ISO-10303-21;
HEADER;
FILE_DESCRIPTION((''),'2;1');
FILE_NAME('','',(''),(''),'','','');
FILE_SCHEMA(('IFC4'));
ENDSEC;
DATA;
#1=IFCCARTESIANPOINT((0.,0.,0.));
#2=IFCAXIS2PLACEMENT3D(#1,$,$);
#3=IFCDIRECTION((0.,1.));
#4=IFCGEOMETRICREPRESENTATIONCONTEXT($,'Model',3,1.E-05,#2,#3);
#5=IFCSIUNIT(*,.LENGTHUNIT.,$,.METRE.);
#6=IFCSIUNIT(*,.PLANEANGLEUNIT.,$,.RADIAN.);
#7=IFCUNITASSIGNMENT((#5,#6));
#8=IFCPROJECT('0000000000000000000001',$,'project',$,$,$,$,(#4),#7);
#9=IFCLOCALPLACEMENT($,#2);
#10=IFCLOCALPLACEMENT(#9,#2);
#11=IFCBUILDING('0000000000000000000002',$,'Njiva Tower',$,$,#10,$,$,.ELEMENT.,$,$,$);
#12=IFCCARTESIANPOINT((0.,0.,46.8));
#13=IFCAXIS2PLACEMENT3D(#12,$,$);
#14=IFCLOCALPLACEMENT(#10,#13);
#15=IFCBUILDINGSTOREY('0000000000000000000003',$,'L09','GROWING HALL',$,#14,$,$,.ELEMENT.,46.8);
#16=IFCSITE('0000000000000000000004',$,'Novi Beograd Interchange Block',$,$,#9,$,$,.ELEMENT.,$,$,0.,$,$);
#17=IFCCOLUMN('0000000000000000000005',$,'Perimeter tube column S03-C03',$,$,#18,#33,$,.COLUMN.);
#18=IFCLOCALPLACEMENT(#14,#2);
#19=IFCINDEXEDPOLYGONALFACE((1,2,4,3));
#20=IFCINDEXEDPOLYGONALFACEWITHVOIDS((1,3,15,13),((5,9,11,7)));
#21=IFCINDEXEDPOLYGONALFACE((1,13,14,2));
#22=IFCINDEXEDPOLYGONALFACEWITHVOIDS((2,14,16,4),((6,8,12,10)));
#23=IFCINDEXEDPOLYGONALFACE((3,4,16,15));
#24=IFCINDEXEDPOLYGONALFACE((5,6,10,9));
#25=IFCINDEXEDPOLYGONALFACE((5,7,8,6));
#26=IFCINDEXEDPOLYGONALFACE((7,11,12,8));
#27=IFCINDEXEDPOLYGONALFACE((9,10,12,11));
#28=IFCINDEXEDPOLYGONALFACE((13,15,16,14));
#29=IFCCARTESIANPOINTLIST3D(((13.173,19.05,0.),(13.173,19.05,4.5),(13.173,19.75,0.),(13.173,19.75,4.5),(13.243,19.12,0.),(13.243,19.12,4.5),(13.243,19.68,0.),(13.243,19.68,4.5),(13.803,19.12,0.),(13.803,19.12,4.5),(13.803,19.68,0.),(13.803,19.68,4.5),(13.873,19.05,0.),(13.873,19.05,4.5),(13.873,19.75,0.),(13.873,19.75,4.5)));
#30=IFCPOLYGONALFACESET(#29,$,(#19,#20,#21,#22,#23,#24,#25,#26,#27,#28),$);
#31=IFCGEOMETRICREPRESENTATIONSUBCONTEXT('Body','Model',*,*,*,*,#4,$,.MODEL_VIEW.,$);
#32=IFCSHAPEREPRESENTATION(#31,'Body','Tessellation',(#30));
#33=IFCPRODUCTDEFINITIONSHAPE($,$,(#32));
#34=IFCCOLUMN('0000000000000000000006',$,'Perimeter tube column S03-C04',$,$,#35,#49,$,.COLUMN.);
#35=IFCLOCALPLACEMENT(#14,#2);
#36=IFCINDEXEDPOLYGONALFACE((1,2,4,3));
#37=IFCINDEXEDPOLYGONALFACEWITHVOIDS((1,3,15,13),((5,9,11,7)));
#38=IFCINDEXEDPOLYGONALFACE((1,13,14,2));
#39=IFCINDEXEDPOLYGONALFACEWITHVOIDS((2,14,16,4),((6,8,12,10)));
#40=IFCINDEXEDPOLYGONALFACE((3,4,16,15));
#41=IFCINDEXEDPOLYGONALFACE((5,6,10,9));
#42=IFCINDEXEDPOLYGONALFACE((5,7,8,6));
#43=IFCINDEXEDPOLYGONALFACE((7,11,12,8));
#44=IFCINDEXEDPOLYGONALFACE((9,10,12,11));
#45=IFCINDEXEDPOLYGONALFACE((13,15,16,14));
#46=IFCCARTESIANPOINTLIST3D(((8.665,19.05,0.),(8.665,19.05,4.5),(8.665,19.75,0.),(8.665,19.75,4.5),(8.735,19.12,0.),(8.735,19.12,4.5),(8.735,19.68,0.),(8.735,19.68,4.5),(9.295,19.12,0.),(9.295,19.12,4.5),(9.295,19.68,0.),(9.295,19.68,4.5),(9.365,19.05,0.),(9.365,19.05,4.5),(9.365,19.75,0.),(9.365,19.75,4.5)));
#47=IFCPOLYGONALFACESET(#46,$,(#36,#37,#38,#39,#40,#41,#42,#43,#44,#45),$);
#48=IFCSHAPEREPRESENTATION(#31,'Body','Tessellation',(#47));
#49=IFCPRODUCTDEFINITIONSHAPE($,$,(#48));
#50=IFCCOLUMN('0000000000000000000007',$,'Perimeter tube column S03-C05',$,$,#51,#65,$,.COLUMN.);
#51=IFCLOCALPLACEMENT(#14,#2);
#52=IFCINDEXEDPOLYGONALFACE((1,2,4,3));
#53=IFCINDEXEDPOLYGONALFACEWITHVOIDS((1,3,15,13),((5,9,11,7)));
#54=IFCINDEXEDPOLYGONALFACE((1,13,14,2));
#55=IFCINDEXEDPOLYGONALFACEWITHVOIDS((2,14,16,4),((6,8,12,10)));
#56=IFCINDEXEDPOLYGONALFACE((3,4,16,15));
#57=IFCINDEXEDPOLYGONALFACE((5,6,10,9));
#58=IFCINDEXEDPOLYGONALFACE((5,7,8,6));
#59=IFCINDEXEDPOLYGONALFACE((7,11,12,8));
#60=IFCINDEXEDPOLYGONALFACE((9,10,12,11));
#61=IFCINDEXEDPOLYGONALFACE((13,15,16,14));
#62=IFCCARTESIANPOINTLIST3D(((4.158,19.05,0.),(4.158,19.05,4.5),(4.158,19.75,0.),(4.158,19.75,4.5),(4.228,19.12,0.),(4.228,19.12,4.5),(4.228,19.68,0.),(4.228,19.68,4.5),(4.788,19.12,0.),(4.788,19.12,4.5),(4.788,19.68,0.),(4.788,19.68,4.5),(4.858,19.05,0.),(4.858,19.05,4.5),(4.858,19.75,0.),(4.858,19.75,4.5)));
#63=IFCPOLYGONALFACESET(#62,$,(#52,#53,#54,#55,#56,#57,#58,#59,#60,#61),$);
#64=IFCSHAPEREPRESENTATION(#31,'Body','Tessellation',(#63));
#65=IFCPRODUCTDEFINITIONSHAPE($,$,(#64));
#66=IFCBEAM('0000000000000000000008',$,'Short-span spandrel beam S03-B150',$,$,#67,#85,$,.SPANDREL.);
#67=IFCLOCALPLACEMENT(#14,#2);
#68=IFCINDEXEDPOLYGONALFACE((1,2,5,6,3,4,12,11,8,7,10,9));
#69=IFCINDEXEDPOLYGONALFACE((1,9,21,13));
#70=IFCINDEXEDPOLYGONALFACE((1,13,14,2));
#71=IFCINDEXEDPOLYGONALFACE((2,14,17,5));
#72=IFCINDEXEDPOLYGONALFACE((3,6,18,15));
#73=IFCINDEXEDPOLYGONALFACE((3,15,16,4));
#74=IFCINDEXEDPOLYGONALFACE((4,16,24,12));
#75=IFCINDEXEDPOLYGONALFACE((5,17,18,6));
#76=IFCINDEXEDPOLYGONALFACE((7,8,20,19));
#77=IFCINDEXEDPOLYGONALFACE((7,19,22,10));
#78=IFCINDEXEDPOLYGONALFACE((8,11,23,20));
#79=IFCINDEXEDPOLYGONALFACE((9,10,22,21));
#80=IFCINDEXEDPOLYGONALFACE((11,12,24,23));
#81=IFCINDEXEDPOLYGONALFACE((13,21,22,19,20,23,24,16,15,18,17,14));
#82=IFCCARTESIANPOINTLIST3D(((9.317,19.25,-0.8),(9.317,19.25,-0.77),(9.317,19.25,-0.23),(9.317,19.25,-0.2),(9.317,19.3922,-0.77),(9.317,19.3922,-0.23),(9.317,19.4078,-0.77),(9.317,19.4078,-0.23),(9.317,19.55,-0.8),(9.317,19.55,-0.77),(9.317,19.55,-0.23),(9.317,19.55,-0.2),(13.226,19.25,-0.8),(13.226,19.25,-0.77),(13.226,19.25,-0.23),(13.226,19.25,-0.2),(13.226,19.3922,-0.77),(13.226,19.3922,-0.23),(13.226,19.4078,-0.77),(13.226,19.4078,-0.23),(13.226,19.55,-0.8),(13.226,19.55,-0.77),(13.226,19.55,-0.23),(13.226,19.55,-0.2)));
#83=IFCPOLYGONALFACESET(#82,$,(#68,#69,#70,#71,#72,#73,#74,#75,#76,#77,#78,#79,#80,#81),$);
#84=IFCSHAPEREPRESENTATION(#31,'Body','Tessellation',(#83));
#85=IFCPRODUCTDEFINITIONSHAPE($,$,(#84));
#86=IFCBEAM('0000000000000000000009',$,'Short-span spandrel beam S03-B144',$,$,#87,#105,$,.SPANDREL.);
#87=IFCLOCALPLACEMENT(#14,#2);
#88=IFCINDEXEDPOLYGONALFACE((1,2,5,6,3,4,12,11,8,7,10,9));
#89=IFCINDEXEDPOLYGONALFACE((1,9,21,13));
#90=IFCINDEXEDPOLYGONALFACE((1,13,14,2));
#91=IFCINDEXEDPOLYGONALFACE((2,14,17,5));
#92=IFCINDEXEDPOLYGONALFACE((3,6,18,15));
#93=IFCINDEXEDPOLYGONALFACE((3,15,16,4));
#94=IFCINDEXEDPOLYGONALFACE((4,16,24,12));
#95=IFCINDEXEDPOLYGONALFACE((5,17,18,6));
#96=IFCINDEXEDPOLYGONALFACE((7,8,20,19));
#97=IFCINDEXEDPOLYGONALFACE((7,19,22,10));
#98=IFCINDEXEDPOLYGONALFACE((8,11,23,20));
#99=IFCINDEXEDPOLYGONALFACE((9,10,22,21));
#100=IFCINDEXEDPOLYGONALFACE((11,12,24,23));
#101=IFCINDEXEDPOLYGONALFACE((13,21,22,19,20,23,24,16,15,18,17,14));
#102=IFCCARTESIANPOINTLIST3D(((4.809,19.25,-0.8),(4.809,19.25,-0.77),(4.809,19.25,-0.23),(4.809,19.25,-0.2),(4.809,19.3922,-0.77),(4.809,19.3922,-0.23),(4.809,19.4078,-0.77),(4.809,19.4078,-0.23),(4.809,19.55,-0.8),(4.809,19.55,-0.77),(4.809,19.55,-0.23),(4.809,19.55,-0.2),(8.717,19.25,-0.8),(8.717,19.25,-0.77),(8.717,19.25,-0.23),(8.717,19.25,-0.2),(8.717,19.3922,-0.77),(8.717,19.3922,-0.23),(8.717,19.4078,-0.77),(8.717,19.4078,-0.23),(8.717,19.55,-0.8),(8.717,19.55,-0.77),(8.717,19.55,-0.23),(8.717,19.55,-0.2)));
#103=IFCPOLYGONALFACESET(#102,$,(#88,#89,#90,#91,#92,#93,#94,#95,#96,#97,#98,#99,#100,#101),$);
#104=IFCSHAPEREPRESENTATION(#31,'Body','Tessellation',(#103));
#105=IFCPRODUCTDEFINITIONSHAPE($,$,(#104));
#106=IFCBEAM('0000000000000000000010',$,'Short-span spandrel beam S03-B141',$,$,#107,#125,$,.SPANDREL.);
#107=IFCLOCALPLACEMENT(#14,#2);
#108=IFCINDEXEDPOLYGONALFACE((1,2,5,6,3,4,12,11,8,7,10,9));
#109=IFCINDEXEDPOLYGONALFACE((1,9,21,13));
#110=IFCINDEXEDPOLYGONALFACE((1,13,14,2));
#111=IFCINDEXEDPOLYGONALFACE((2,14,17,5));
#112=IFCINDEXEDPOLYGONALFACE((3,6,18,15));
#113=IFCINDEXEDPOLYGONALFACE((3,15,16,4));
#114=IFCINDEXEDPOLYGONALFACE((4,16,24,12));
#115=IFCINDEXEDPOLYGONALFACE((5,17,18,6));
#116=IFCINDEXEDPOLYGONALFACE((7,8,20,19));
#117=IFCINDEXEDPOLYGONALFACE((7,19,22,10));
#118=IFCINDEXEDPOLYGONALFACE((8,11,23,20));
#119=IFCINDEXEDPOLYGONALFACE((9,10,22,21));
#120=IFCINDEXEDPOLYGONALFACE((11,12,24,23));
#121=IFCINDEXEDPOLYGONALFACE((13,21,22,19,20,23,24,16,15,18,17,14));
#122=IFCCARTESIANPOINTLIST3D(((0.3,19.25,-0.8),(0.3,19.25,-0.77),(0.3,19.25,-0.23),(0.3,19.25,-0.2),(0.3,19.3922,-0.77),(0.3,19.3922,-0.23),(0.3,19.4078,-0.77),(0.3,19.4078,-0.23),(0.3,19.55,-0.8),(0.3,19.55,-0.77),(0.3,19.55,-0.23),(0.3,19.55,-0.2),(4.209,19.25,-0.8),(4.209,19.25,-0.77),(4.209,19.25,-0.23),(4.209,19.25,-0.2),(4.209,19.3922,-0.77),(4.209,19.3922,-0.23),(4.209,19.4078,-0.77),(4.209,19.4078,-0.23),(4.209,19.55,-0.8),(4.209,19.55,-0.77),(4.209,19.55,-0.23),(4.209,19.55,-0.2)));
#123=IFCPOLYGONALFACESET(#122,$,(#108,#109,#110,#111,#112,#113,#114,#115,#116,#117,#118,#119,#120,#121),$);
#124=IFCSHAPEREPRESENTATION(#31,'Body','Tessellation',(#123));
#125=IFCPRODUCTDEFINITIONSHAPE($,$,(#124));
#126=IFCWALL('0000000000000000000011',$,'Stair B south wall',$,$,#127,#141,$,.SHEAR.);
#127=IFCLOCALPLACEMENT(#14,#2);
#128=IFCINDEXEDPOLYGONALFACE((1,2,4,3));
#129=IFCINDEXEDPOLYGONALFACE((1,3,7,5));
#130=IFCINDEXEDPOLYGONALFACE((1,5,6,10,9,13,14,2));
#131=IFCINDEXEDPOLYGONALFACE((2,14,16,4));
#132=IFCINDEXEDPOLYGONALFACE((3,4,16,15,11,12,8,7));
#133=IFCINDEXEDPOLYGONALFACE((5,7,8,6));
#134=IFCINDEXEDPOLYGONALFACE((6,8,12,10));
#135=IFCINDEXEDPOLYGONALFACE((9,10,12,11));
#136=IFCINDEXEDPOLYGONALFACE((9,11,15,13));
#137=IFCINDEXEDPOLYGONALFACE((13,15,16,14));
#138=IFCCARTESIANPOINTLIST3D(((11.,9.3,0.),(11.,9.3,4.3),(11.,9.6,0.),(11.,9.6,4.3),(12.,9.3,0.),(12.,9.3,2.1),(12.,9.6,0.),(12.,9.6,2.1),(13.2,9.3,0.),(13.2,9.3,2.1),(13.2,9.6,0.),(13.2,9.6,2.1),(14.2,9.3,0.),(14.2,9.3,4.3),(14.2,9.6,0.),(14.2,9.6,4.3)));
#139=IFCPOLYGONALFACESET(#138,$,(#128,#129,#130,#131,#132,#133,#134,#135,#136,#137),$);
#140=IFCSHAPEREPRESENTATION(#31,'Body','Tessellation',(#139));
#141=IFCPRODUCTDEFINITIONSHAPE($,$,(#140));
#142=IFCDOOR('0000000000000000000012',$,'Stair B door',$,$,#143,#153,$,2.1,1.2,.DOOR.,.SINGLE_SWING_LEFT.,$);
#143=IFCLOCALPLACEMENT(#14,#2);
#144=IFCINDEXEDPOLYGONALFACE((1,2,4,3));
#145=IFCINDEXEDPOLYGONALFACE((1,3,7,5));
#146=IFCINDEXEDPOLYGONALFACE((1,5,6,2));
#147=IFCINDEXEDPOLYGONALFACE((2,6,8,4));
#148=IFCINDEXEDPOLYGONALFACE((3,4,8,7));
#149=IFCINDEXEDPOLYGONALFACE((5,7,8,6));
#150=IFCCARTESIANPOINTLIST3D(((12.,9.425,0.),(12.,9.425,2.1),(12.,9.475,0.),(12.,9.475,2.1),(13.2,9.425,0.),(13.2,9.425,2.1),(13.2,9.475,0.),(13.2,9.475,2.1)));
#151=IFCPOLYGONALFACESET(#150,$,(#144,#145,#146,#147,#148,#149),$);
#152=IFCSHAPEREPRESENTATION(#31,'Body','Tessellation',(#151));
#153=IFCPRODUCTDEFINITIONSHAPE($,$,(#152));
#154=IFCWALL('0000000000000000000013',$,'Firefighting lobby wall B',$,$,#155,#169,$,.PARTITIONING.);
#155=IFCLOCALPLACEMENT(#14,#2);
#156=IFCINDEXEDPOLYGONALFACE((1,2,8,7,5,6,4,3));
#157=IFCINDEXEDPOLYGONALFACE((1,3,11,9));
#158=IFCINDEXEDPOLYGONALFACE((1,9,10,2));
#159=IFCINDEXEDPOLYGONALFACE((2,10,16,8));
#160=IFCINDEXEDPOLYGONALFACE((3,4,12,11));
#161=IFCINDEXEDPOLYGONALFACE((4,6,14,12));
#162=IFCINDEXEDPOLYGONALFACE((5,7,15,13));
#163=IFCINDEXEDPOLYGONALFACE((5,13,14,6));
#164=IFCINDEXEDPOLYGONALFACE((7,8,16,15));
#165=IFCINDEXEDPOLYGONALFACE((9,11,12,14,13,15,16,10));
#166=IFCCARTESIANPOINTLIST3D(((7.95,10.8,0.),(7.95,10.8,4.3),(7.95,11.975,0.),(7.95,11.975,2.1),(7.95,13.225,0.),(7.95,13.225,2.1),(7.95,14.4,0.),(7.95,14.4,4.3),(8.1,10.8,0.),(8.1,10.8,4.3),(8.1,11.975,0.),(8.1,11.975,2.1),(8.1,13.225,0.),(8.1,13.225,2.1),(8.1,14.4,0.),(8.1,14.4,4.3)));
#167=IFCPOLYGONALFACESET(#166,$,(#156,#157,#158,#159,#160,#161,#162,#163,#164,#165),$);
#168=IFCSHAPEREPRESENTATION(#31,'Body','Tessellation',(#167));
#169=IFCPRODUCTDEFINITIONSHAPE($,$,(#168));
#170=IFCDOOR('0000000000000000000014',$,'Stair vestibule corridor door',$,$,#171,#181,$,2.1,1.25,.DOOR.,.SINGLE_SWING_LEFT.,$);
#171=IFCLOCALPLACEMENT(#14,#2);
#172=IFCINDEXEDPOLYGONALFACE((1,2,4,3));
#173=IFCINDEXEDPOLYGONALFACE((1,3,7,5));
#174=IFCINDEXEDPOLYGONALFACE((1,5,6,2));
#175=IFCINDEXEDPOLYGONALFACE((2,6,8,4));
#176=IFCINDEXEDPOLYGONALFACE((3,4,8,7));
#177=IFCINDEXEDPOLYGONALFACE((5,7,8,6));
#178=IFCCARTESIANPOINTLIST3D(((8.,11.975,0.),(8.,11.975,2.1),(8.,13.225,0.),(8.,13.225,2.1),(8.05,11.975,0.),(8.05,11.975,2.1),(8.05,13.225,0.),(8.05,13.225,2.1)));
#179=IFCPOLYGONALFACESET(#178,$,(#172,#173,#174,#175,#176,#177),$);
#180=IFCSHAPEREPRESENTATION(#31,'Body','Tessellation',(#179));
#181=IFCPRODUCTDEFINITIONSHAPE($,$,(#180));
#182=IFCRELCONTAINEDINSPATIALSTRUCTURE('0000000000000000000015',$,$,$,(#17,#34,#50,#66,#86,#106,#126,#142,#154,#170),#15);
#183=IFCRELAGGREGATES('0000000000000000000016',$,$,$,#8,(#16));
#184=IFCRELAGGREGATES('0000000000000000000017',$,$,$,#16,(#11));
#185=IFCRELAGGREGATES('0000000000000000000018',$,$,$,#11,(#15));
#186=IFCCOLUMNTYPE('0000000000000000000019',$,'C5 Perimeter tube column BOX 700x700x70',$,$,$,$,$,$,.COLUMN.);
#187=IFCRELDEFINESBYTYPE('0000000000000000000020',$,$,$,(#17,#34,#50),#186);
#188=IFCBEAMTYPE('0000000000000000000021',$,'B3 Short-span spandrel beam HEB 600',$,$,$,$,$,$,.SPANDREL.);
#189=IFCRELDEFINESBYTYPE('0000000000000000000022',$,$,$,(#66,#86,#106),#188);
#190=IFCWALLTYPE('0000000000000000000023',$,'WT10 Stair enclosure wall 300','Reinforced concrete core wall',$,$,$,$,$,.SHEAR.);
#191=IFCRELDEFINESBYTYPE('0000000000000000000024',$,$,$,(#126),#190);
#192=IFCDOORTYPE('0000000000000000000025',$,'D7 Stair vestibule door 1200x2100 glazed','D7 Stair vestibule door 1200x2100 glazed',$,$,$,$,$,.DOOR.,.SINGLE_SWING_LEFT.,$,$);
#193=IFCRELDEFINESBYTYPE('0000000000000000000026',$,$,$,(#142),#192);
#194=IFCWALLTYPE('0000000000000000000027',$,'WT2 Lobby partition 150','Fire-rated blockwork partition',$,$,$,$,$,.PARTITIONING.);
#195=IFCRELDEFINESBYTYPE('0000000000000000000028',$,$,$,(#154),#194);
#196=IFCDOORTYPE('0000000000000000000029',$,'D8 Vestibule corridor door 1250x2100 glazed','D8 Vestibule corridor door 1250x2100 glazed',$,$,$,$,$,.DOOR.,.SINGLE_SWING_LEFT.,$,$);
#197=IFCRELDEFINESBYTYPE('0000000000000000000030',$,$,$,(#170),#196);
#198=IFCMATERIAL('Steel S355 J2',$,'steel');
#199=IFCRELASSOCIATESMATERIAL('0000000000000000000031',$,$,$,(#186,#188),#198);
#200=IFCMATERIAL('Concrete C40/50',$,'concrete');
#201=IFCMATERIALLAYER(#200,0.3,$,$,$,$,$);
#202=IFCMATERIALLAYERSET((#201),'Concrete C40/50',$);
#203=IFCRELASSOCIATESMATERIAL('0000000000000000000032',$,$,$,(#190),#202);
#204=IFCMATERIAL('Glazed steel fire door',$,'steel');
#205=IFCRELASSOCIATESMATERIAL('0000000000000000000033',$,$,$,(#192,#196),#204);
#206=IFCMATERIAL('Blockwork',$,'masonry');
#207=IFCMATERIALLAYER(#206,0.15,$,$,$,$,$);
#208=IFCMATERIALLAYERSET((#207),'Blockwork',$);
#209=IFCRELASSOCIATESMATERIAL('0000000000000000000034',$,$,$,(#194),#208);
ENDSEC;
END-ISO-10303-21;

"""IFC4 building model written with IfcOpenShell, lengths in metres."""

from ifc_helpers import new_model, si_unit, direction, frame, frame_2d, origin, origin_2d, place, context, subcontext, project, spatial, rectangle, hollow_rectangle, i_section, extrude, material, layer, layer_set, material_profile, profile_set, type_object, element, fill, save


model = new_model("IFC4")

# Units and contexts
model_context = context("Model", 3, precision=1e-05, world=origin(), true_north=direction((0.0, 1.0)))
body_context = subcontext(model_context, "Body", "Model", "MODEL_VIEW")
ifc_project = project(units=[si_unit("LENGTHUNIT", "METRE"), si_unit("PLANEANGLEUNIT", "RADIAN")], contexts=[model_context])

# Site, building, storey
site_placement = place(None, origin())
site = spatial("IfcSite", under=ifc_project, at=site_placement, Name="Novi Beograd Interchange Block", CompositionType="ELEMENT", RefElevation=0.0)
building_placement = place(site_placement, origin())
building = spatial("IfcBuilding", under=site, at=building_placement, Name="Njiva Tower", CompositionType="ELEMENT")
storey_placement = place(building_placement, frame((0.0, 0.0, 46.8)))
storey = spatial("IfcBuildingStorey", under=building, at=storey_placement, Name="L09", Description="GROWING HALL", CompositionType="ELEMENT", Elevation=46.8)

# Columns
ifc_material_1 = material(Name="Steel S355 J2", Category="steel")
ifc_material_profile_1 = material_profile(ifc_material_1, hollow_rectangle(XDim=0.7, YDim=0.7, WallThickness=0.07, at=origin_2d()), Name="BOX 700x700x70")
ifc_profile_set_1 = profile_set([ifc_material_profile_1], Name="Steel S355 J2")
column_type = type_object("IfcColumnType", Name="C5 Perimeter tube column BOX 700x700x70", PredefinedType="COLUMN", material=ifc_profile_set_1)
for number, where, z_axis, x_axis, name in (
    (1, (13.523, 19.4, 0.0), (0.0, 0.0, 1.0), (-1.0, 0.0, 0.0), "Perimeter tube column S03-C03"),
    (2, (9.015, 19.4, 0.0), (0.0, 0.0, 1.0), (-1.0, 0.0, 0.0), "Perimeter tube column S03-C04"),
    (3, (4.508, 19.4, 0.0), (0.0, 0.0, 1.0), (-1.0, 0.0, 0.0), "Perimeter tube column S03-C05"),
):
    element("IfcColumn", number, at=place(storey_placement, frame(where, z_axis=z_axis, x_axis=x_axis)), inside=storey, type_object=column_type, Name=name, PredefinedType="COLUMN", context=body_context, shape_type="SweptSolid", body=[
        extrude(hollow_rectangle(XDim=0.7, YDim=0.7, WallThickness=0.07, at=origin_2d()), origin(), (0.0, 0.0, 1.0), 4.5),
    ])

# Beams
ifc_material_profile_2 = material_profile(ifc_material_1, i_section(OverallWidth=0.3, OverallDepth=0.6, WebThickness=0.0155, FlangeThickness=0.03, at=origin_2d()), Name="HEB 600")
ifc_profile_set_2 = profile_set([ifc_material_profile_2], Name="Steel S355 J2")
beam_type = type_object("IfcBeamType", Name="B3 Short-span spandrel beam HEB 600", PredefinedType="SPANDREL", material=ifc_profile_set_2)
beam_1_placement = place(storey_placement, frame((13.226, 19.4, -0.5), z_axis=(-1.0, 0.0, 0.0), x_axis=(0.0, -1.0, 0.0)))
element("IfcBeam", 4, at=beam_1_placement, inside=storey, type_object=beam_type, Name="Short-span spandrel beam S03-B150", PredefinedType="SPANDREL", context=body_context, shape_type="SweptSolid", body=[
    extrude(i_section(OverallWidth=0.3, OverallDepth=0.6, WebThickness=0.0155, FlangeThickness=0.03, at=origin_2d()), origin(), (0.0, 0.0, 1.0), 3.909),
])
beam_2_placement = place(storey_placement, frame((8.717, 19.4, -0.5), z_axis=(-1.0, 0.0, 0.0), x_axis=(0.0, -1.0, 0.0)))
element("IfcBeam", 5, at=beam_2_placement, inside=storey, type_object=beam_type, Name="Short-span spandrel beam S03-B144", PredefinedType="SPANDREL", context=body_context, shape_type="SweptSolid", body=[
    extrude(i_section(OverallWidth=0.3, OverallDepth=0.6, WebThickness=0.0155, FlangeThickness=0.03, at=origin_2d()), origin(), (0.0, 0.0, 1.0), 3.908),
])
beam_3_placement = place(storey_placement, frame((4.209, 19.4, -0.5), z_axis=(-1.0, 0.0, 0.0), x_axis=(0.0, -1.0, 0.0)))
element("IfcBeam", 6, at=beam_3_placement, inside=storey, type_object=beam_type, Name="Short-span spandrel beam S03-B141", PredefinedType="SPANDREL", context=body_context, shape_type="SweptSolid", body=[
    extrude(i_section(OverallWidth=0.3, OverallDepth=0.6, WebThickness=0.0155, FlangeThickness=0.03, at=origin_2d()), origin(), (0.0, 0.0, 1.0), 3.909),
])

# Walls, openings, doors
ifc_material_2 = material(Name="Concrete C40/50", Category="concrete")
ifc_layer_1 = layer(ifc_material_2, 0.3)
ifc_layer_set_1 = layer_set([ifc_layer_1], Name="Concrete C40/50")
wall_type_1 = type_object("IfcWallType", Name="WT10 Stair enclosure wall 300", Description="Reinforced concrete core wall", PredefinedType="SHEAR", material=ifc_layer_set_1)
wall_1_placement = place(storey_placement, frame((11.0, 9.45, 0.0), z_axis=(0.0, 0.0, 1.0), x_axis=(1.0, 0.0, 0.0)))
wall_1 = element("IfcWall", 7, at=wall_1_placement, inside=storey, type_object=wall_type_1, Name="Stair B south wall", PredefinedType="SHEAR", context=body_context, shape_type="SweptSolid", body=[
    extrude(rectangle(XDim=3.2, YDim=0.3, at=frame_2d((1.6, 0.0))), origin(), (0.0, 0.0, 1.0), 4.3),
])
opening_1_placement = place(wall_1_placement, frame((1.0, 0.0, 0.0)))
opening_1 = element("IfcOpeningElement", 8, at=opening_1_placement, cuts=wall_1, PredefinedType="OPENING", context=body_context, shape_type="SweptSolid", body=[
    extrude(rectangle(XDim=1.2, YDim=2.1, at=frame_2d((0.6, 1.05))), frame((0.0, 0.16, 0.0), z_axis=(0.0, -1.0, 0.0), x_axis=(1.0, 0.0, 0.0)), (0.0, 0.0, 1.0), 0.32),
])
ifc_material_3 = material(Name="Glazed steel fire door", Category="steel")
door_type_1 = type_object("IfcDoorType", Name="D7 Stair vestibule door 1200x2100 glazed", Description="D7 Stair vestibule door 1200x2100 glazed", OperationType="SINGLE_SWING_LEFT", PredefinedType="DOOR", material=ifc_material_3)
door_1_placement = place(opening_1_placement, origin())
door_1 = element("IfcDoor", 9, at=door_1_placement, inside=storey, type_object=door_type_1, Name="Stair B door", OperationType="SINGLE_SWING_LEFT", OverallHeight=2.1, OverallWidth=1.2, PredefinedType="DOOR", context=body_context, shape_type="SweptSolid", body=[
    extrude(rectangle(XDim=1.2, YDim=2.1, at=frame_2d((0.6, 1.05))), frame((0.0, 0.025, 0.0), z_axis=(0.0, -1.0, 0.0), x_axis=(1.0, 0.0, 0.0)), (0.0, 0.0, 1.0), 0.05),
])
fill(opening_1, door_1)
ifc_material_4 = material(Name="Blockwork", Category="masonry")
ifc_layer_2 = layer(ifc_material_4, 0.15)
ifc_layer_set_2 = layer_set([ifc_layer_2], Name="Blockwork")
wall_type_2 = type_object("IfcWallType", Name="WT2 Lobby partition 150", Description="Fire-rated blockwork partition", PredefinedType="PARTITIONING", material=ifc_layer_set_2)
wall_2_placement = place(storey_placement, frame((8.025, 10.8, 0.0), z_axis=(0.0, 0.0, 1.0), x_axis=(0.0, 1.0, 0.0)))
wall_2 = element("IfcWall", 10, at=wall_2_placement, inside=storey, type_object=wall_type_2, Name="Firefighting lobby wall B", PredefinedType="PARTITIONING", context=body_context, shape_type="SweptSolid", body=[
    extrude(rectangle(XDim=3.6, YDim=0.15, at=frame_2d((1.8, 0.0))), origin(), (0.0, 0.0, 1.0), 4.3),
])
opening_2_placement = place(wall_2_placement, frame((1.175, 0.0, 0.0)))
opening_2 = element("IfcOpeningElement", 11, at=opening_2_placement, cuts=wall_2, PredefinedType="OPENING", context=body_context, shape_type="SweptSolid", body=[
    extrude(rectangle(XDim=1.25, YDim=2.1, at=frame_2d((0.625, 1.05))), frame((0.0, 0.085, 0.0), z_axis=(0.0, -1.0, 0.0), x_axis=(1.0, 0.0, 0.0)), (0.0, 0.0, 1.0), 0.17),
])
door_type_2 = type_object("IfcDoorType", Name="D8 Vestibule corridor door 1250x2100 glazed", Description="D8 Vestibule corridor door 1250x2100 glazed", OperationType="SINGLE_SWING_LEFT", PredefinedType="DOOR", material=ifc_material_3)
door_2_placement = place(opening_2_placement, origin())
door_2 = element("IfcDoor", 12, at=door_2_placement, inside=storey, type_object=door_type_2, Name="Stair vestibule corridor door", OperationType="SINGLE_SWING_LEFT", OverallHeight=2.1, OverallWidth=1.25, PredefinedType="DOOR", context=body_context, shape_type="SweptSolid", body=[
    extrude(rectangle(XDim=1.25, YDim=2.1, at=frame_2d((0.625, 1.05))), frame((0.0, 0.025, 0.0), z_axis=(0.0, -1.0, 0.0), x_axis=(1.0, 0.0, 0.0)), (0.0, 0.0, 1.0), 0.05),
])
fill(opening_2, door_2)

save(model, "model.ifc")
